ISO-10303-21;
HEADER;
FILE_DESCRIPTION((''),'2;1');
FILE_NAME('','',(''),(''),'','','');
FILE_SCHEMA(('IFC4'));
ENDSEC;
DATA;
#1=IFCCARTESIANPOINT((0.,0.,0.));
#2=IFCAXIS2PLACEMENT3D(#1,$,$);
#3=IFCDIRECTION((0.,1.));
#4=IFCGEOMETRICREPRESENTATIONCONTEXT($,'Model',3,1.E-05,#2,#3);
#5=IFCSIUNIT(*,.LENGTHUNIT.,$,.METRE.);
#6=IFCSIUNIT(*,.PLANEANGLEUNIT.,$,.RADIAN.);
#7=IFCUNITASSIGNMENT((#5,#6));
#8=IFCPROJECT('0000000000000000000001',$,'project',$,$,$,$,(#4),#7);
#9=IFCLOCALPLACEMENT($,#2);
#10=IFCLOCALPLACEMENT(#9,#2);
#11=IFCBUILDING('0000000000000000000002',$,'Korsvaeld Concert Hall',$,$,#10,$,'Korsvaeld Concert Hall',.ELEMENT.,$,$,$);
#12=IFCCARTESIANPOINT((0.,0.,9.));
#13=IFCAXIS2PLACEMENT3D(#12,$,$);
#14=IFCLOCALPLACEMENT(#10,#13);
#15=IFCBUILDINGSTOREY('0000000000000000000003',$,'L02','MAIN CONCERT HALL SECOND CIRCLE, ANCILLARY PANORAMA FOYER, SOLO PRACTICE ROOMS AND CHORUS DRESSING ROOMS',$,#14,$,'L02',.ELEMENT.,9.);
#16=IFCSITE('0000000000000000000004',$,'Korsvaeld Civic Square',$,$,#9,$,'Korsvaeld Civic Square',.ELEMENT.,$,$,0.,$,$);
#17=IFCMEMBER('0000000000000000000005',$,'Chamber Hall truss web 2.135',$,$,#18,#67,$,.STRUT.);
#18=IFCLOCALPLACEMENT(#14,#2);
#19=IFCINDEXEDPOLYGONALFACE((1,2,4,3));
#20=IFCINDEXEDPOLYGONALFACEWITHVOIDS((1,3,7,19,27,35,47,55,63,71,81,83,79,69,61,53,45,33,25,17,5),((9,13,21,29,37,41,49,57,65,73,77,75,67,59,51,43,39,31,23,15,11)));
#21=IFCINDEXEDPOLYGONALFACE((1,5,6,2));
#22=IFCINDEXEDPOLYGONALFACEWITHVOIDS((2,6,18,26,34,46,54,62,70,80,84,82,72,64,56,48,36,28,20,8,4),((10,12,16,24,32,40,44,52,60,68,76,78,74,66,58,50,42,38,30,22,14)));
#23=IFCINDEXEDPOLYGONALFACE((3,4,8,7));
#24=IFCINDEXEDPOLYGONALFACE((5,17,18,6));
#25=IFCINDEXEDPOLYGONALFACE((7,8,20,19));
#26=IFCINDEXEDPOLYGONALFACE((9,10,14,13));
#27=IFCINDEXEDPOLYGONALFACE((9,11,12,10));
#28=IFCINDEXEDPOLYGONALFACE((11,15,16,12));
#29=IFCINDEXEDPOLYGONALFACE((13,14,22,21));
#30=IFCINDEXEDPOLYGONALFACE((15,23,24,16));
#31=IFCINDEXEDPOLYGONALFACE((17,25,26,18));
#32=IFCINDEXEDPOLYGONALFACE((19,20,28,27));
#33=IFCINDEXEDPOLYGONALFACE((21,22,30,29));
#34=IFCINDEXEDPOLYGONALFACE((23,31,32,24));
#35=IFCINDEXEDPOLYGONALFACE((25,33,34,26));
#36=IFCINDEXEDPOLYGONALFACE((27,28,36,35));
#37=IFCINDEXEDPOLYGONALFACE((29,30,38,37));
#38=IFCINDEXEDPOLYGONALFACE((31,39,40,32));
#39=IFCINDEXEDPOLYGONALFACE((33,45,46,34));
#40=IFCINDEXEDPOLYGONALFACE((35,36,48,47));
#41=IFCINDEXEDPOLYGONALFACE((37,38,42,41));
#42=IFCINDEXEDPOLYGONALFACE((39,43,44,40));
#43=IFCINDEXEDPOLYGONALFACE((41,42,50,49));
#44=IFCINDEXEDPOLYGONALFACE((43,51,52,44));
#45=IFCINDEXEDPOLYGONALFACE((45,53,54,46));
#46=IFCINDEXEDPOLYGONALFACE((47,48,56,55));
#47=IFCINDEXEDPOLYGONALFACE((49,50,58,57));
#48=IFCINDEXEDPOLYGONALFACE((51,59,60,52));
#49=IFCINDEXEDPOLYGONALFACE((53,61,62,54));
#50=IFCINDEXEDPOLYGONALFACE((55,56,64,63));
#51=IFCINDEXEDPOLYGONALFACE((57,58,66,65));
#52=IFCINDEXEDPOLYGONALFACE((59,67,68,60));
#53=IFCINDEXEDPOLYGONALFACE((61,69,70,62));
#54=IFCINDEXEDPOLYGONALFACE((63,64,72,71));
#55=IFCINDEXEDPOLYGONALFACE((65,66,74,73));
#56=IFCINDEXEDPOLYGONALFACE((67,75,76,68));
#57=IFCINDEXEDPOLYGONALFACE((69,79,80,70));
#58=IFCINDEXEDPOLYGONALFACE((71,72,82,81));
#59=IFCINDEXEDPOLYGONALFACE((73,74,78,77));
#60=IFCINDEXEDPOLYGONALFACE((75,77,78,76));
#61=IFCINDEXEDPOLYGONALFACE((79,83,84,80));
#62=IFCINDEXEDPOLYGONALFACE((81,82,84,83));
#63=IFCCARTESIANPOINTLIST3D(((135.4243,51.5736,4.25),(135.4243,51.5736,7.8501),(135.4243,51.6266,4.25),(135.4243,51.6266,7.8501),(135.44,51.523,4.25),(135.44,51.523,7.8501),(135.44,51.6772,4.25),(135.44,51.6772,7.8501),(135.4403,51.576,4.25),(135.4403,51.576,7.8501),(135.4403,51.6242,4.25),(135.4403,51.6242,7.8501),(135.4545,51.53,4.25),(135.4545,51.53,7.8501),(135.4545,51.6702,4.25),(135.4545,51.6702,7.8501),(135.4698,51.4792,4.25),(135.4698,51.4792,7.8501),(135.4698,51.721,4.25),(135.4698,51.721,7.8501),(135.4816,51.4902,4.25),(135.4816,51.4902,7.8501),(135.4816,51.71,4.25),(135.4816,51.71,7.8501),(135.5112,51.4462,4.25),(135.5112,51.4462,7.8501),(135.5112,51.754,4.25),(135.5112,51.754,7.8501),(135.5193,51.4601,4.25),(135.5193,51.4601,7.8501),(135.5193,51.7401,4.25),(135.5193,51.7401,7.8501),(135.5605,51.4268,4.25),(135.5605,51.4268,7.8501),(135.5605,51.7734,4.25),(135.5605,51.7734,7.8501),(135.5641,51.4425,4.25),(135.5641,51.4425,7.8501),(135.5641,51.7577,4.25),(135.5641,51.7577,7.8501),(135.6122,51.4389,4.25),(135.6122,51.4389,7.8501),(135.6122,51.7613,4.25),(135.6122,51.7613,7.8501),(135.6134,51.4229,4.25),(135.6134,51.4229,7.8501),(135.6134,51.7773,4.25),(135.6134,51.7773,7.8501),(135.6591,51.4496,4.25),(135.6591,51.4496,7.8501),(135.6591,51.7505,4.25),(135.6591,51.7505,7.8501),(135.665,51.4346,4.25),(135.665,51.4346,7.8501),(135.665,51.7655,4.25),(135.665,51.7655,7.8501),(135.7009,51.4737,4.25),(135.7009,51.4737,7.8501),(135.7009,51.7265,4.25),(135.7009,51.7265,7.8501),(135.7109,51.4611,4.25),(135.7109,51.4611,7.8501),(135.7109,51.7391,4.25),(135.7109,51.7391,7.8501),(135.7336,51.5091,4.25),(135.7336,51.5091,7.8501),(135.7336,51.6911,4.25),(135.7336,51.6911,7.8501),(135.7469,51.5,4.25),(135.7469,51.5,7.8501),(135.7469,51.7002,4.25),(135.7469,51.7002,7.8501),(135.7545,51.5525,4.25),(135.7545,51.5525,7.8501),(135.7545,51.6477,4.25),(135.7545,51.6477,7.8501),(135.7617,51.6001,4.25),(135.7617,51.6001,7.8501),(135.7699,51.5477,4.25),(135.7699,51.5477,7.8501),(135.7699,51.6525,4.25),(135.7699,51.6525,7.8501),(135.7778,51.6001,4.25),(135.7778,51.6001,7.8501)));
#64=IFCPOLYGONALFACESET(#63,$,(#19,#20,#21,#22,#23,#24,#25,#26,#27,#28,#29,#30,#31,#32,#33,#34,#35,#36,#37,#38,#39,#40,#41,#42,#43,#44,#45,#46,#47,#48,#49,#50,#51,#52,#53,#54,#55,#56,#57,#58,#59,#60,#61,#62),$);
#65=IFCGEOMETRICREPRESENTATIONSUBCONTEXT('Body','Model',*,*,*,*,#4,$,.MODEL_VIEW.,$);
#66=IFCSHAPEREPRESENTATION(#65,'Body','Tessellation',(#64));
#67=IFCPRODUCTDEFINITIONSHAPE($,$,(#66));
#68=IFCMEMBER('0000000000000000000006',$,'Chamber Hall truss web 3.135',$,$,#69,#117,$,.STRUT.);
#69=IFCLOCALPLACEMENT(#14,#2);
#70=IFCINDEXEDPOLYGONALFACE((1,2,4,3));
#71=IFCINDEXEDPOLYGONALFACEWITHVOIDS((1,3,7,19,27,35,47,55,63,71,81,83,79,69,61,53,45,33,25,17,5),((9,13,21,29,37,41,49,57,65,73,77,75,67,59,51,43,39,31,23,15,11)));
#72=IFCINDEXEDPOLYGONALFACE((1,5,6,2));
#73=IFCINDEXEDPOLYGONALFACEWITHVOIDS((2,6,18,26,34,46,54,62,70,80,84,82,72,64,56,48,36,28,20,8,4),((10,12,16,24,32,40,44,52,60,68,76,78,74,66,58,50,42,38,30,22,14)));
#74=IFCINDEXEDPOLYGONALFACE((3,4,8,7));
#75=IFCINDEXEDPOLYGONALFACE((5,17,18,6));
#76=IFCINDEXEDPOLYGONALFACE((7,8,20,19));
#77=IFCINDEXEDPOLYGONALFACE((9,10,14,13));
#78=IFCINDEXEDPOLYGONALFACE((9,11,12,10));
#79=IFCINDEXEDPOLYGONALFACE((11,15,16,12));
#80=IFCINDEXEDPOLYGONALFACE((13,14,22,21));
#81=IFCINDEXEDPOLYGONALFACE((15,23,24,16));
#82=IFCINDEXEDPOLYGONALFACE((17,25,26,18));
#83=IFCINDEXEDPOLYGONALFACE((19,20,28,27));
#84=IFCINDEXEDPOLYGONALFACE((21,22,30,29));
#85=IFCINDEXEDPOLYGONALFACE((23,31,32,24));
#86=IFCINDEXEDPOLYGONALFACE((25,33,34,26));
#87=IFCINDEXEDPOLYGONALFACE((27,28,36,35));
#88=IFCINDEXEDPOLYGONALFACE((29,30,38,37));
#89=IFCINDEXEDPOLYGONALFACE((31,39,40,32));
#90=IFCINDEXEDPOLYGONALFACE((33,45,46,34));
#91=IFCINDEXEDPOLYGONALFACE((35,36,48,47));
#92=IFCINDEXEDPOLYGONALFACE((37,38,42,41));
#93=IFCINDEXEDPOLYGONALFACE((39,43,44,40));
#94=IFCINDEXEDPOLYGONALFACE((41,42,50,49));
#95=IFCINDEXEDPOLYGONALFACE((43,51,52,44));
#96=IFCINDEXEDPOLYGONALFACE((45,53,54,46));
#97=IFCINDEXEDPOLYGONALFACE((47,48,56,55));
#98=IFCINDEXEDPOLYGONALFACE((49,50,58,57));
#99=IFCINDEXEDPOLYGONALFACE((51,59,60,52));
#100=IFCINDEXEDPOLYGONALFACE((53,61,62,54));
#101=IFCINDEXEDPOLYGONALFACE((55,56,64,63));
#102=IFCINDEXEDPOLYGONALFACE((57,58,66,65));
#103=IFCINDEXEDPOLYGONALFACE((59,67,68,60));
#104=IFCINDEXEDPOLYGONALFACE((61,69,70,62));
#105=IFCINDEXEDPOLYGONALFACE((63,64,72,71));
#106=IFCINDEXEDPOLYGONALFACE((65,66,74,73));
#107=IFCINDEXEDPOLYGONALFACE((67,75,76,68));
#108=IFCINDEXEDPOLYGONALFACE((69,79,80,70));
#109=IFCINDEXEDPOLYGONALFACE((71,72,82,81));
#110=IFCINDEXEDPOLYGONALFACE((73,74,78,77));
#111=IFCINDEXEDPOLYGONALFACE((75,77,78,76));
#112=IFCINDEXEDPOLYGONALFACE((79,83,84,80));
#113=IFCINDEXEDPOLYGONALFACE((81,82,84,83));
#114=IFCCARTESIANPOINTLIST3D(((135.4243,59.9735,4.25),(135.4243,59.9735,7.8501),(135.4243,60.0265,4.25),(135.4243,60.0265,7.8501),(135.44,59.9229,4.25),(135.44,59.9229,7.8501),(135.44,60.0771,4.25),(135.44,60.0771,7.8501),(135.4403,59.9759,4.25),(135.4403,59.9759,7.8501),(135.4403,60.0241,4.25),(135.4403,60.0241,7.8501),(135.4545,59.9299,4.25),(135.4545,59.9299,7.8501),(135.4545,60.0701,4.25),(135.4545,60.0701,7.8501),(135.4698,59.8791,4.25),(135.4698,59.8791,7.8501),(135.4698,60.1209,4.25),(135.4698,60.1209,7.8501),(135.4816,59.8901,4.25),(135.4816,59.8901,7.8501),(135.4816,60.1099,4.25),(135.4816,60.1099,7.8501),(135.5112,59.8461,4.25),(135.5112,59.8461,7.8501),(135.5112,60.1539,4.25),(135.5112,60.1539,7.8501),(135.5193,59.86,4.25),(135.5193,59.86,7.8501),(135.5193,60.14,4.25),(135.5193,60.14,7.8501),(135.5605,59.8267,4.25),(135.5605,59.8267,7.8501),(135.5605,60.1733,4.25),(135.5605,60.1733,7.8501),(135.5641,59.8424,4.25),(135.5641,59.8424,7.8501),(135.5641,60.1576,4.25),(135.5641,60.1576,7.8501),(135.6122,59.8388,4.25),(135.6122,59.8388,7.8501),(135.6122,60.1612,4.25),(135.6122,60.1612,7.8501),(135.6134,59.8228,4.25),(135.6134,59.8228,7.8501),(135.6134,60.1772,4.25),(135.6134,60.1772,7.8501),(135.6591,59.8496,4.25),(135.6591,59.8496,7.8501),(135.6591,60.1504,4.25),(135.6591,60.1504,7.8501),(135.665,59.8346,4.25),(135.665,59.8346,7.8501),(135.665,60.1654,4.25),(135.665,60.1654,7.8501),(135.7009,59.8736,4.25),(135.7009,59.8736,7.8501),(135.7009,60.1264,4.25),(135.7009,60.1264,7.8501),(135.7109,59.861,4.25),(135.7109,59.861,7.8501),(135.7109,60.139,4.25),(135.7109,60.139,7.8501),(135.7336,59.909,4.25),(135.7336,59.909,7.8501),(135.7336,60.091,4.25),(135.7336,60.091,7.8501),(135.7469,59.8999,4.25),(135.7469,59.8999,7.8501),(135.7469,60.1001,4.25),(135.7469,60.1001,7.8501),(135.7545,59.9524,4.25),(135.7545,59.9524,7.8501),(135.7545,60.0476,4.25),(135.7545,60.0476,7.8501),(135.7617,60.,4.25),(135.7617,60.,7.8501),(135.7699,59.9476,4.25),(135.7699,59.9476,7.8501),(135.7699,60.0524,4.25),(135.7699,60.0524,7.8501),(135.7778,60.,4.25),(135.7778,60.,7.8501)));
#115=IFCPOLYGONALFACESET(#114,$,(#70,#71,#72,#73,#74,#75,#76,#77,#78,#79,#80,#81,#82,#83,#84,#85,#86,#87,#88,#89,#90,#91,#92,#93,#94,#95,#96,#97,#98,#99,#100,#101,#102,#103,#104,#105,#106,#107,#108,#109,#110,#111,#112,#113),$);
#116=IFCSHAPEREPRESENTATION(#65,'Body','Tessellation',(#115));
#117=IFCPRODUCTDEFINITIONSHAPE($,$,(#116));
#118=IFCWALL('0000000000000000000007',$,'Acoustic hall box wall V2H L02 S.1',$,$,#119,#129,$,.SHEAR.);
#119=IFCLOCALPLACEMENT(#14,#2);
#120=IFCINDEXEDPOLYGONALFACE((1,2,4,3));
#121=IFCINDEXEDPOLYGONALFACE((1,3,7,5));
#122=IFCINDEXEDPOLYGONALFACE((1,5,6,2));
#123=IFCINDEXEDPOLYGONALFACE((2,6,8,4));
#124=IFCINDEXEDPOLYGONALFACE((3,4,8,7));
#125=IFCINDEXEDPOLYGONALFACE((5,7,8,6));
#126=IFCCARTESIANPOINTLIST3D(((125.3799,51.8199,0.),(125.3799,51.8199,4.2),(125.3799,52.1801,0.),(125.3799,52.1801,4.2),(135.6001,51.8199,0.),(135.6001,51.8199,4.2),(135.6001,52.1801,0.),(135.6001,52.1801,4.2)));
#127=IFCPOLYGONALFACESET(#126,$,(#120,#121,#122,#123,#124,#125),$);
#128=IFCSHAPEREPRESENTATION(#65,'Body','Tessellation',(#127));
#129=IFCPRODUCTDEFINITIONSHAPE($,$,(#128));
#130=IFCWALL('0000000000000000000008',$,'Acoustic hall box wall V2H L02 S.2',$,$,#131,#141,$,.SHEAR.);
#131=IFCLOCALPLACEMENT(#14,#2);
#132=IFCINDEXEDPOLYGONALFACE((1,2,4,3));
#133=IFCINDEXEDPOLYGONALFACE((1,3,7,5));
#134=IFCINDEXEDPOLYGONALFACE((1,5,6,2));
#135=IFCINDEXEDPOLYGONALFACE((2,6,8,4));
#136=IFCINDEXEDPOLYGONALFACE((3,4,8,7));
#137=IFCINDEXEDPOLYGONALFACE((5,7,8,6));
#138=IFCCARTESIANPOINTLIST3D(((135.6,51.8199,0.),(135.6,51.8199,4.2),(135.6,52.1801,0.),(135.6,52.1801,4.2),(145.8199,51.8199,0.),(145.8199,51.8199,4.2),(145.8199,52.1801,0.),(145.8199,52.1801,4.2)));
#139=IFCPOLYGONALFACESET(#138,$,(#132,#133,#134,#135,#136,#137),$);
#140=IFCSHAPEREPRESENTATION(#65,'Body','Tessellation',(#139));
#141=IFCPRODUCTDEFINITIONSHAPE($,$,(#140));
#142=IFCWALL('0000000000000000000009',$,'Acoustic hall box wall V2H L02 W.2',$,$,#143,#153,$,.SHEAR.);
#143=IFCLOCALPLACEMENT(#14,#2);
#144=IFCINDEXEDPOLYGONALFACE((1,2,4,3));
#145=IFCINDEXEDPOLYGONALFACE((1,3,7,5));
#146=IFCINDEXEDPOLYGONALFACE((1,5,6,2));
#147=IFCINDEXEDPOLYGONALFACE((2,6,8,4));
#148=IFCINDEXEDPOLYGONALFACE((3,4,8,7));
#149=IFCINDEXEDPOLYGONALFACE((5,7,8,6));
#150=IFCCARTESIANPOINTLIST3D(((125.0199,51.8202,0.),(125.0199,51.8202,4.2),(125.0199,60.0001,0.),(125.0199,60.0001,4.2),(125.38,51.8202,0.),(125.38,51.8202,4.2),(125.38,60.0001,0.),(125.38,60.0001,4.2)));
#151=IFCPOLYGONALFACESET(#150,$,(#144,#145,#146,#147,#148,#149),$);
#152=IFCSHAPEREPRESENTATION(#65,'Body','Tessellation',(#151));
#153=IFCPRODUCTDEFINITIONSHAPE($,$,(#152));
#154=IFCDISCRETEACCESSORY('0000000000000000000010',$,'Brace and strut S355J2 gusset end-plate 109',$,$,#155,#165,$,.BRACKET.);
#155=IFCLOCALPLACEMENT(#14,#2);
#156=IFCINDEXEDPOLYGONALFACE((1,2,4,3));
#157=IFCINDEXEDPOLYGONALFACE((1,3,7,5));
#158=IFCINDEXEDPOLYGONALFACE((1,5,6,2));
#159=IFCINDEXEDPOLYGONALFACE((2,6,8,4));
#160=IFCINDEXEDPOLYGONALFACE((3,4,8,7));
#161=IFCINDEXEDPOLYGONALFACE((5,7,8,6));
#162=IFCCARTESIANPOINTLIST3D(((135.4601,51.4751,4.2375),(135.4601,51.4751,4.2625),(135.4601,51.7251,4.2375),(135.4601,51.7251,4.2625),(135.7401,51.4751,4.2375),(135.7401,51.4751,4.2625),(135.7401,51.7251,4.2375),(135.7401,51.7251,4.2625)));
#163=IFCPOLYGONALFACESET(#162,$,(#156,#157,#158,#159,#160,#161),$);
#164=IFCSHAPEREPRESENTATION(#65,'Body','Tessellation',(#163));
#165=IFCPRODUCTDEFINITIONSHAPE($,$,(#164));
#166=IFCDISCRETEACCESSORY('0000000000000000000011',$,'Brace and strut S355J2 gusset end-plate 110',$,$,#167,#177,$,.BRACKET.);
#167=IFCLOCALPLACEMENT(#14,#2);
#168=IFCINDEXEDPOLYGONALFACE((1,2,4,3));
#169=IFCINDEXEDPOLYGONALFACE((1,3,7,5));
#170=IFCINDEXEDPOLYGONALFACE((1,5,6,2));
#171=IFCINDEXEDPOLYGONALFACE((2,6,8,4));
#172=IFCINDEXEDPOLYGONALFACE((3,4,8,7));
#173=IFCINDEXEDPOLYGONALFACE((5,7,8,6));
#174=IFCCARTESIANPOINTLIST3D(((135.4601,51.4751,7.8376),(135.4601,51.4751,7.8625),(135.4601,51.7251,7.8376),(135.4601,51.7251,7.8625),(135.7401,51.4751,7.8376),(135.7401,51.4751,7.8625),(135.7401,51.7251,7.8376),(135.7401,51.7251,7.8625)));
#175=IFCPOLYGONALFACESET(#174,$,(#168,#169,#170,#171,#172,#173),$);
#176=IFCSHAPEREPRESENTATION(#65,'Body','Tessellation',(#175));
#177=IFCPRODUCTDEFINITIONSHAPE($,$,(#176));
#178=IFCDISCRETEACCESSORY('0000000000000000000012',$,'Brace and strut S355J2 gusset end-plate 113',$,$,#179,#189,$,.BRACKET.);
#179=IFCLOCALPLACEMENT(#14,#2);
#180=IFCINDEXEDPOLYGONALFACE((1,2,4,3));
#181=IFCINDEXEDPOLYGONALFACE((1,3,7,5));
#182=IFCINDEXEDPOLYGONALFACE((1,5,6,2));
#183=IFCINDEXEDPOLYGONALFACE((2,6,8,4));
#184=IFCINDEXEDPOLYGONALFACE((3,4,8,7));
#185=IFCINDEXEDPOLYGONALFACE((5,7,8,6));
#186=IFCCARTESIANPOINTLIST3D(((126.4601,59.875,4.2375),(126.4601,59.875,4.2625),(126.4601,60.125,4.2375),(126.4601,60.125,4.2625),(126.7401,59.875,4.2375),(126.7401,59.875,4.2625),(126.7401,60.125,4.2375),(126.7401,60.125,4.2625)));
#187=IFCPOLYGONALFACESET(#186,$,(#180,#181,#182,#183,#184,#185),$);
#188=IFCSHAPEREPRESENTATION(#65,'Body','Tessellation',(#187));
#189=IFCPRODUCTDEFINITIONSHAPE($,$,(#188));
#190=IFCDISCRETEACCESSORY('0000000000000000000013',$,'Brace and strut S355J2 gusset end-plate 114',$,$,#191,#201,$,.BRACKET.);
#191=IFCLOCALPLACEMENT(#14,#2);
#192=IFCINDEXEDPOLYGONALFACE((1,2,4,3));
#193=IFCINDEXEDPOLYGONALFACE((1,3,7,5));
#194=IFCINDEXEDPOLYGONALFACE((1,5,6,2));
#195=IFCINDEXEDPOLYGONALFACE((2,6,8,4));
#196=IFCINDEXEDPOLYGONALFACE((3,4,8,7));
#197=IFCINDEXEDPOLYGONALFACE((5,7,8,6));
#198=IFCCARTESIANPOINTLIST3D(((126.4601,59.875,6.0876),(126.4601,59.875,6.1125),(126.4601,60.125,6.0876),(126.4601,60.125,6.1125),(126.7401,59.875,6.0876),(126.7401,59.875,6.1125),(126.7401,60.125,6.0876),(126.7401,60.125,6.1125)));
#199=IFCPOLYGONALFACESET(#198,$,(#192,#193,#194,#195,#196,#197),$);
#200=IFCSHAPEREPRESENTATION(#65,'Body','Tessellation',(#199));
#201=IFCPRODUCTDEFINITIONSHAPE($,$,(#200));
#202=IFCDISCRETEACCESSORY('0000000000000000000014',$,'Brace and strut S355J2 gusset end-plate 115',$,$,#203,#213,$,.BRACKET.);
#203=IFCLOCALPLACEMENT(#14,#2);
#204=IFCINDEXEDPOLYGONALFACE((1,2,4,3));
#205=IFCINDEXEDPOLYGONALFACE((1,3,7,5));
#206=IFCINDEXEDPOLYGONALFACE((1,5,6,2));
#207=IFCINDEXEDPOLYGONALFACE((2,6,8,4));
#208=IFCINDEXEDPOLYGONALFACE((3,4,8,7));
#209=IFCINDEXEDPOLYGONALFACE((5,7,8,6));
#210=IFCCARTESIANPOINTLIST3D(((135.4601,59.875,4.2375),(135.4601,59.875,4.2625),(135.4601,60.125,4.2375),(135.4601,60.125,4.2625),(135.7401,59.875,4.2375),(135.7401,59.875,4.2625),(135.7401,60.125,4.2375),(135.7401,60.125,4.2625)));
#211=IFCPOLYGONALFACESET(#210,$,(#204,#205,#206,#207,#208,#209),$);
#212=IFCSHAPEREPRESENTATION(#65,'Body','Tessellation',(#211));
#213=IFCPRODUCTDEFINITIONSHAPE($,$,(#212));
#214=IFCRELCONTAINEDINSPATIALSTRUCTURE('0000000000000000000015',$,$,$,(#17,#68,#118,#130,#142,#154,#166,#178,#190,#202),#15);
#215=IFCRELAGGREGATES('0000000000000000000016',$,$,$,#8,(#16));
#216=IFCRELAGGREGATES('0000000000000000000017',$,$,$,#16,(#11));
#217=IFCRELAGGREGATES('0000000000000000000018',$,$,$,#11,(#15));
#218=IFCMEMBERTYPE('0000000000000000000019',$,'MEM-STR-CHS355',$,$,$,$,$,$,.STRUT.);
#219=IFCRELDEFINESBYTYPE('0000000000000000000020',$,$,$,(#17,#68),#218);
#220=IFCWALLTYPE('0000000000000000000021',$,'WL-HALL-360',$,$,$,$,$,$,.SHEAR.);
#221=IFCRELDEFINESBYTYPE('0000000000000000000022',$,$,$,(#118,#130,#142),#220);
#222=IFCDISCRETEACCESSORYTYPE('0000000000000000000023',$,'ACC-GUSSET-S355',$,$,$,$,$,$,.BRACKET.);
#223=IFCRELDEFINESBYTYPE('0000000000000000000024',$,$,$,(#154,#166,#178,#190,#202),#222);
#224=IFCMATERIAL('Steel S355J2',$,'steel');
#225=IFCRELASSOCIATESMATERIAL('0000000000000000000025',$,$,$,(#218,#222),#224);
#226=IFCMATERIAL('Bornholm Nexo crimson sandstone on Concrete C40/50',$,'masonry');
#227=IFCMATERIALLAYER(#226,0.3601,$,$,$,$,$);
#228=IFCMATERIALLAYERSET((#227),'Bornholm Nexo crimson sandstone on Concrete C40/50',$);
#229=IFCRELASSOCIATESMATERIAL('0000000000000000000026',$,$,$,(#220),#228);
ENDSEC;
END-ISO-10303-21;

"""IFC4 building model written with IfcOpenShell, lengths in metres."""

from ifc_helpers import new_model, si_unit, direction, frame, frame_2d, origin, origin_2d, place, context, subcontext, project, spatial, rectangle, hollow_circle, extrude, material, layer, layer_set, material_profile, profile_set, type_object, element, save


model = new_model("IFC4")

# Units and contexts
model_context = context("Model", 3, precision=1e-05, world=origin(), true_north=direction((0.0, 1.0)))
body_context = subcontext(model_context, "Body", "Model", "MODEL_VIEW")
ifc_project = project(units=[si_unit("LENGTHUNIT", "METRE"), si_unit("PLANEANGLEUNIT", "RADIAN")], contexts=[model_context])

# Site, building, storey
site_placement = place(None, origin())
site = spatial("IfcSite", under=ifc_project, at=site_placement, Name="Korsvaeld Civic Square", LongName="Korsvaeld Civic Square", CompositionType="ELEMENT", RefElevation=0.0)
building_placement = place(site_placement, origin())
building = spatial("IfcBuilding", under=site, at=building_placement, Name="Korsvaeld Concert Hall", LongName="Korsvaeld Concert Hall", CompositionType="ELEMENT")
storey_placement = place(building_placement, frame((0.0, 0.0, 9.0)))
storey = spatial("IfcBuildingStorey", under=building, at=storey_placement, Name="L02", Description="MAIN CONCERT HALL SECOND CIRCLE, ANCILLARY PANORAMA FOYER, SOLO PRACTICE ROOMS AND CHORUS DRESSING ROOMS", LongName="L02", CompositionType="ELEMENT", Elevation=9.0)

# Members
ifc_material_1 = material(Name="Steel S355J2", Category="steel")
ifc_material_profile_1 = material_profile(ifc_material_1, hollow_circle(Radius=0.1777, WallThickness=0.0161, at=origin_2d()), Name="CHS 355.6x16")
ifc_profile_set_1 = profile_set([ifc_material_profile_1], Name="Steel S355J2")
member_type_1 = type_object("IfcMemberType", Name="MEM-STR-CHS355", PredefinedType="STRUT", material=ifc_profile_set_1)
for number, where, z_axis, x_axis, name in (
    (1, (135.6001, 51.6001, 4.25), (0.0, 0.0, 1.0), (1.0, 0.0, 0.0), "Chamber Hall truss web 2.135"),
    (2, (135.6001, 60.0, 4.25), (0.0, 0.0, 1.0), (1.0, 0.0, 0.0), "Chamber Hall truss web 3.135"),
):
    element("IfcMember", number, at=place(storey_placement, frame(where, z_axis=z_axis, x_axis=x_axis)), inside=storey, type_object=member_type_1, Name=name, PredefinedType="STRUT", context=body_context, shape_type="SweptSolid", body=[
        extrude(hollow_circle(Radius=0.1777, WallThickness=0.0161, at=origin_2d()), origin(), (0.0, 0.0, 1.0), 3.6001),
    ])

# Walls
ifc_material_2 = material(Name="Bornholm Nexo crimson sandstone on Concrete C40/50", Category="masonry")
ifc_layer = layer(ifc_material_2, 0.3601)
ifc_layer_set = layer_set([ifc_layer], Name="Bornholm Nexo crimson sandstone on Concrete C40/50")
wall_type = type_object("IfcWallType", Name="WL-HALL-360", PredefinedType="SHEAR", material=ifc_layer_set)
wall_1_placement = place(storey_placement, frame((125.3799, 52.0, 0.0), z_axis=(0.0, 0.0, 1.0), x_axis=(1.0, 0.0, 0.0)))
element("IfcWall", 3, at=wall_1_placement, inside=storey, type_object=wall_type, Name="Acoustic hall box wall V2H L02 S.1", PredefinedType="SHEAR", context=body_context, shape_type="SweptSolid", body=[
    extrude(rectangle(XDim=10.2202, YDim=0.3601, at=frame_2d((5.1101, 0.0))), origin(), (0.0, 0.0, 1.0), 4.2),
])
wall_2_placement = place(storey_placement, frame((135.6001, 52.0, 0.0), z_axis=(0.0, 0.0, 1.0), x_axis=(1.0, 0.0, 0.0)))
element("IfcWall", 4, at=wall_2_placement, inside=storey, type_object=wall_type, Name="Acoustic hall box wall V2H L02 S.2", PredefinedType="SHEAR", context=body_context, shape_type="SweptSolid", body=[
    extrude(rectangle(XDim=10.22, YDim=0.3601, at=frame_2d((5.1099, 0.0))), origin(), (0.0, 0.0, 1.0), 4.2),
])
wall_3_placement = place(storey_placement, frame((125.2, 60.0, 0.0), z_axis=(0.0, 0.0, 1.0), x_axis=(0.0, -1.0, 0.0)))
element("IfcWall", 5, at=wall_3_placement, inside=storey, type_object=wall_type, Name="Acoustic hall box wall V2H L02 W.2", PredefinedType="SHEAR", context=body_context, shape_type="SweptSolid", body=[
    extrude(rectangle(XDim=8.1799, YDim=0.3601, at=frame_2d((4.0898, 0.0))), origin(), (0.0, 0.0, 1.0), 4.2),
])

# Discrete accessories
discrete_accessory_type = type_object("IfcDiscreteAccessoryType", Name="ACC-GUSSET-S355", PredefinedType="BRACKET", material=ifc_material_1)
for number, where, z_axis, x_axis, name in (
    (6, (135.6001, 51.6001, 4.2375), (0.0, 0.0, 1.0), (1.0, 0.0, 0.0), "Brace and strut S355J2 gusset end-plate 109"),
    (7, (135.6001, 51.6001, 7.8376), (0.0, 0.0, 1.0), (1.0, 0.0, 0.0), "Brace and strut S355J2 gusset end-plate 110"),
    (8, (126.6001, 60.0, 4.2375), (0.0, 0.0, 1.0), (1.0, 0.0, 0.0), "Brace and strut S355J2 gusset end-plate 113"),
    (9, (126.6001, 60.0, 6.0876), (0.0, 0.0, 1.0), (1.0, 0.0, 0.0), "Brace and strut S355J2 gusset end-plate 114"),
    (10, (135.6001, 60.0, 4.2375), (0.0, 0.0, 1.0), (1.0, 0.0, 0.0), "Brace and strut S355J2 gusset end-plate 115"),
):
    element("IfcDiscreteAccessory", number, at=place(storey_placement, frame(where, z_axis=z_axis, x_axis=x_axis)), inside=storey, type_object=discrete_accessory_type, Name=name, PredefinedType="BRACKET", context=body_context, shape_type="SweptSolid", body=[
        extrude(rectangle(XDim=0.28, YDim=0.25, at=origin_2d()), origin(), (0.0, 0.0, 1.0), 0.0249),
    ])

save(model, "model.ifc")
